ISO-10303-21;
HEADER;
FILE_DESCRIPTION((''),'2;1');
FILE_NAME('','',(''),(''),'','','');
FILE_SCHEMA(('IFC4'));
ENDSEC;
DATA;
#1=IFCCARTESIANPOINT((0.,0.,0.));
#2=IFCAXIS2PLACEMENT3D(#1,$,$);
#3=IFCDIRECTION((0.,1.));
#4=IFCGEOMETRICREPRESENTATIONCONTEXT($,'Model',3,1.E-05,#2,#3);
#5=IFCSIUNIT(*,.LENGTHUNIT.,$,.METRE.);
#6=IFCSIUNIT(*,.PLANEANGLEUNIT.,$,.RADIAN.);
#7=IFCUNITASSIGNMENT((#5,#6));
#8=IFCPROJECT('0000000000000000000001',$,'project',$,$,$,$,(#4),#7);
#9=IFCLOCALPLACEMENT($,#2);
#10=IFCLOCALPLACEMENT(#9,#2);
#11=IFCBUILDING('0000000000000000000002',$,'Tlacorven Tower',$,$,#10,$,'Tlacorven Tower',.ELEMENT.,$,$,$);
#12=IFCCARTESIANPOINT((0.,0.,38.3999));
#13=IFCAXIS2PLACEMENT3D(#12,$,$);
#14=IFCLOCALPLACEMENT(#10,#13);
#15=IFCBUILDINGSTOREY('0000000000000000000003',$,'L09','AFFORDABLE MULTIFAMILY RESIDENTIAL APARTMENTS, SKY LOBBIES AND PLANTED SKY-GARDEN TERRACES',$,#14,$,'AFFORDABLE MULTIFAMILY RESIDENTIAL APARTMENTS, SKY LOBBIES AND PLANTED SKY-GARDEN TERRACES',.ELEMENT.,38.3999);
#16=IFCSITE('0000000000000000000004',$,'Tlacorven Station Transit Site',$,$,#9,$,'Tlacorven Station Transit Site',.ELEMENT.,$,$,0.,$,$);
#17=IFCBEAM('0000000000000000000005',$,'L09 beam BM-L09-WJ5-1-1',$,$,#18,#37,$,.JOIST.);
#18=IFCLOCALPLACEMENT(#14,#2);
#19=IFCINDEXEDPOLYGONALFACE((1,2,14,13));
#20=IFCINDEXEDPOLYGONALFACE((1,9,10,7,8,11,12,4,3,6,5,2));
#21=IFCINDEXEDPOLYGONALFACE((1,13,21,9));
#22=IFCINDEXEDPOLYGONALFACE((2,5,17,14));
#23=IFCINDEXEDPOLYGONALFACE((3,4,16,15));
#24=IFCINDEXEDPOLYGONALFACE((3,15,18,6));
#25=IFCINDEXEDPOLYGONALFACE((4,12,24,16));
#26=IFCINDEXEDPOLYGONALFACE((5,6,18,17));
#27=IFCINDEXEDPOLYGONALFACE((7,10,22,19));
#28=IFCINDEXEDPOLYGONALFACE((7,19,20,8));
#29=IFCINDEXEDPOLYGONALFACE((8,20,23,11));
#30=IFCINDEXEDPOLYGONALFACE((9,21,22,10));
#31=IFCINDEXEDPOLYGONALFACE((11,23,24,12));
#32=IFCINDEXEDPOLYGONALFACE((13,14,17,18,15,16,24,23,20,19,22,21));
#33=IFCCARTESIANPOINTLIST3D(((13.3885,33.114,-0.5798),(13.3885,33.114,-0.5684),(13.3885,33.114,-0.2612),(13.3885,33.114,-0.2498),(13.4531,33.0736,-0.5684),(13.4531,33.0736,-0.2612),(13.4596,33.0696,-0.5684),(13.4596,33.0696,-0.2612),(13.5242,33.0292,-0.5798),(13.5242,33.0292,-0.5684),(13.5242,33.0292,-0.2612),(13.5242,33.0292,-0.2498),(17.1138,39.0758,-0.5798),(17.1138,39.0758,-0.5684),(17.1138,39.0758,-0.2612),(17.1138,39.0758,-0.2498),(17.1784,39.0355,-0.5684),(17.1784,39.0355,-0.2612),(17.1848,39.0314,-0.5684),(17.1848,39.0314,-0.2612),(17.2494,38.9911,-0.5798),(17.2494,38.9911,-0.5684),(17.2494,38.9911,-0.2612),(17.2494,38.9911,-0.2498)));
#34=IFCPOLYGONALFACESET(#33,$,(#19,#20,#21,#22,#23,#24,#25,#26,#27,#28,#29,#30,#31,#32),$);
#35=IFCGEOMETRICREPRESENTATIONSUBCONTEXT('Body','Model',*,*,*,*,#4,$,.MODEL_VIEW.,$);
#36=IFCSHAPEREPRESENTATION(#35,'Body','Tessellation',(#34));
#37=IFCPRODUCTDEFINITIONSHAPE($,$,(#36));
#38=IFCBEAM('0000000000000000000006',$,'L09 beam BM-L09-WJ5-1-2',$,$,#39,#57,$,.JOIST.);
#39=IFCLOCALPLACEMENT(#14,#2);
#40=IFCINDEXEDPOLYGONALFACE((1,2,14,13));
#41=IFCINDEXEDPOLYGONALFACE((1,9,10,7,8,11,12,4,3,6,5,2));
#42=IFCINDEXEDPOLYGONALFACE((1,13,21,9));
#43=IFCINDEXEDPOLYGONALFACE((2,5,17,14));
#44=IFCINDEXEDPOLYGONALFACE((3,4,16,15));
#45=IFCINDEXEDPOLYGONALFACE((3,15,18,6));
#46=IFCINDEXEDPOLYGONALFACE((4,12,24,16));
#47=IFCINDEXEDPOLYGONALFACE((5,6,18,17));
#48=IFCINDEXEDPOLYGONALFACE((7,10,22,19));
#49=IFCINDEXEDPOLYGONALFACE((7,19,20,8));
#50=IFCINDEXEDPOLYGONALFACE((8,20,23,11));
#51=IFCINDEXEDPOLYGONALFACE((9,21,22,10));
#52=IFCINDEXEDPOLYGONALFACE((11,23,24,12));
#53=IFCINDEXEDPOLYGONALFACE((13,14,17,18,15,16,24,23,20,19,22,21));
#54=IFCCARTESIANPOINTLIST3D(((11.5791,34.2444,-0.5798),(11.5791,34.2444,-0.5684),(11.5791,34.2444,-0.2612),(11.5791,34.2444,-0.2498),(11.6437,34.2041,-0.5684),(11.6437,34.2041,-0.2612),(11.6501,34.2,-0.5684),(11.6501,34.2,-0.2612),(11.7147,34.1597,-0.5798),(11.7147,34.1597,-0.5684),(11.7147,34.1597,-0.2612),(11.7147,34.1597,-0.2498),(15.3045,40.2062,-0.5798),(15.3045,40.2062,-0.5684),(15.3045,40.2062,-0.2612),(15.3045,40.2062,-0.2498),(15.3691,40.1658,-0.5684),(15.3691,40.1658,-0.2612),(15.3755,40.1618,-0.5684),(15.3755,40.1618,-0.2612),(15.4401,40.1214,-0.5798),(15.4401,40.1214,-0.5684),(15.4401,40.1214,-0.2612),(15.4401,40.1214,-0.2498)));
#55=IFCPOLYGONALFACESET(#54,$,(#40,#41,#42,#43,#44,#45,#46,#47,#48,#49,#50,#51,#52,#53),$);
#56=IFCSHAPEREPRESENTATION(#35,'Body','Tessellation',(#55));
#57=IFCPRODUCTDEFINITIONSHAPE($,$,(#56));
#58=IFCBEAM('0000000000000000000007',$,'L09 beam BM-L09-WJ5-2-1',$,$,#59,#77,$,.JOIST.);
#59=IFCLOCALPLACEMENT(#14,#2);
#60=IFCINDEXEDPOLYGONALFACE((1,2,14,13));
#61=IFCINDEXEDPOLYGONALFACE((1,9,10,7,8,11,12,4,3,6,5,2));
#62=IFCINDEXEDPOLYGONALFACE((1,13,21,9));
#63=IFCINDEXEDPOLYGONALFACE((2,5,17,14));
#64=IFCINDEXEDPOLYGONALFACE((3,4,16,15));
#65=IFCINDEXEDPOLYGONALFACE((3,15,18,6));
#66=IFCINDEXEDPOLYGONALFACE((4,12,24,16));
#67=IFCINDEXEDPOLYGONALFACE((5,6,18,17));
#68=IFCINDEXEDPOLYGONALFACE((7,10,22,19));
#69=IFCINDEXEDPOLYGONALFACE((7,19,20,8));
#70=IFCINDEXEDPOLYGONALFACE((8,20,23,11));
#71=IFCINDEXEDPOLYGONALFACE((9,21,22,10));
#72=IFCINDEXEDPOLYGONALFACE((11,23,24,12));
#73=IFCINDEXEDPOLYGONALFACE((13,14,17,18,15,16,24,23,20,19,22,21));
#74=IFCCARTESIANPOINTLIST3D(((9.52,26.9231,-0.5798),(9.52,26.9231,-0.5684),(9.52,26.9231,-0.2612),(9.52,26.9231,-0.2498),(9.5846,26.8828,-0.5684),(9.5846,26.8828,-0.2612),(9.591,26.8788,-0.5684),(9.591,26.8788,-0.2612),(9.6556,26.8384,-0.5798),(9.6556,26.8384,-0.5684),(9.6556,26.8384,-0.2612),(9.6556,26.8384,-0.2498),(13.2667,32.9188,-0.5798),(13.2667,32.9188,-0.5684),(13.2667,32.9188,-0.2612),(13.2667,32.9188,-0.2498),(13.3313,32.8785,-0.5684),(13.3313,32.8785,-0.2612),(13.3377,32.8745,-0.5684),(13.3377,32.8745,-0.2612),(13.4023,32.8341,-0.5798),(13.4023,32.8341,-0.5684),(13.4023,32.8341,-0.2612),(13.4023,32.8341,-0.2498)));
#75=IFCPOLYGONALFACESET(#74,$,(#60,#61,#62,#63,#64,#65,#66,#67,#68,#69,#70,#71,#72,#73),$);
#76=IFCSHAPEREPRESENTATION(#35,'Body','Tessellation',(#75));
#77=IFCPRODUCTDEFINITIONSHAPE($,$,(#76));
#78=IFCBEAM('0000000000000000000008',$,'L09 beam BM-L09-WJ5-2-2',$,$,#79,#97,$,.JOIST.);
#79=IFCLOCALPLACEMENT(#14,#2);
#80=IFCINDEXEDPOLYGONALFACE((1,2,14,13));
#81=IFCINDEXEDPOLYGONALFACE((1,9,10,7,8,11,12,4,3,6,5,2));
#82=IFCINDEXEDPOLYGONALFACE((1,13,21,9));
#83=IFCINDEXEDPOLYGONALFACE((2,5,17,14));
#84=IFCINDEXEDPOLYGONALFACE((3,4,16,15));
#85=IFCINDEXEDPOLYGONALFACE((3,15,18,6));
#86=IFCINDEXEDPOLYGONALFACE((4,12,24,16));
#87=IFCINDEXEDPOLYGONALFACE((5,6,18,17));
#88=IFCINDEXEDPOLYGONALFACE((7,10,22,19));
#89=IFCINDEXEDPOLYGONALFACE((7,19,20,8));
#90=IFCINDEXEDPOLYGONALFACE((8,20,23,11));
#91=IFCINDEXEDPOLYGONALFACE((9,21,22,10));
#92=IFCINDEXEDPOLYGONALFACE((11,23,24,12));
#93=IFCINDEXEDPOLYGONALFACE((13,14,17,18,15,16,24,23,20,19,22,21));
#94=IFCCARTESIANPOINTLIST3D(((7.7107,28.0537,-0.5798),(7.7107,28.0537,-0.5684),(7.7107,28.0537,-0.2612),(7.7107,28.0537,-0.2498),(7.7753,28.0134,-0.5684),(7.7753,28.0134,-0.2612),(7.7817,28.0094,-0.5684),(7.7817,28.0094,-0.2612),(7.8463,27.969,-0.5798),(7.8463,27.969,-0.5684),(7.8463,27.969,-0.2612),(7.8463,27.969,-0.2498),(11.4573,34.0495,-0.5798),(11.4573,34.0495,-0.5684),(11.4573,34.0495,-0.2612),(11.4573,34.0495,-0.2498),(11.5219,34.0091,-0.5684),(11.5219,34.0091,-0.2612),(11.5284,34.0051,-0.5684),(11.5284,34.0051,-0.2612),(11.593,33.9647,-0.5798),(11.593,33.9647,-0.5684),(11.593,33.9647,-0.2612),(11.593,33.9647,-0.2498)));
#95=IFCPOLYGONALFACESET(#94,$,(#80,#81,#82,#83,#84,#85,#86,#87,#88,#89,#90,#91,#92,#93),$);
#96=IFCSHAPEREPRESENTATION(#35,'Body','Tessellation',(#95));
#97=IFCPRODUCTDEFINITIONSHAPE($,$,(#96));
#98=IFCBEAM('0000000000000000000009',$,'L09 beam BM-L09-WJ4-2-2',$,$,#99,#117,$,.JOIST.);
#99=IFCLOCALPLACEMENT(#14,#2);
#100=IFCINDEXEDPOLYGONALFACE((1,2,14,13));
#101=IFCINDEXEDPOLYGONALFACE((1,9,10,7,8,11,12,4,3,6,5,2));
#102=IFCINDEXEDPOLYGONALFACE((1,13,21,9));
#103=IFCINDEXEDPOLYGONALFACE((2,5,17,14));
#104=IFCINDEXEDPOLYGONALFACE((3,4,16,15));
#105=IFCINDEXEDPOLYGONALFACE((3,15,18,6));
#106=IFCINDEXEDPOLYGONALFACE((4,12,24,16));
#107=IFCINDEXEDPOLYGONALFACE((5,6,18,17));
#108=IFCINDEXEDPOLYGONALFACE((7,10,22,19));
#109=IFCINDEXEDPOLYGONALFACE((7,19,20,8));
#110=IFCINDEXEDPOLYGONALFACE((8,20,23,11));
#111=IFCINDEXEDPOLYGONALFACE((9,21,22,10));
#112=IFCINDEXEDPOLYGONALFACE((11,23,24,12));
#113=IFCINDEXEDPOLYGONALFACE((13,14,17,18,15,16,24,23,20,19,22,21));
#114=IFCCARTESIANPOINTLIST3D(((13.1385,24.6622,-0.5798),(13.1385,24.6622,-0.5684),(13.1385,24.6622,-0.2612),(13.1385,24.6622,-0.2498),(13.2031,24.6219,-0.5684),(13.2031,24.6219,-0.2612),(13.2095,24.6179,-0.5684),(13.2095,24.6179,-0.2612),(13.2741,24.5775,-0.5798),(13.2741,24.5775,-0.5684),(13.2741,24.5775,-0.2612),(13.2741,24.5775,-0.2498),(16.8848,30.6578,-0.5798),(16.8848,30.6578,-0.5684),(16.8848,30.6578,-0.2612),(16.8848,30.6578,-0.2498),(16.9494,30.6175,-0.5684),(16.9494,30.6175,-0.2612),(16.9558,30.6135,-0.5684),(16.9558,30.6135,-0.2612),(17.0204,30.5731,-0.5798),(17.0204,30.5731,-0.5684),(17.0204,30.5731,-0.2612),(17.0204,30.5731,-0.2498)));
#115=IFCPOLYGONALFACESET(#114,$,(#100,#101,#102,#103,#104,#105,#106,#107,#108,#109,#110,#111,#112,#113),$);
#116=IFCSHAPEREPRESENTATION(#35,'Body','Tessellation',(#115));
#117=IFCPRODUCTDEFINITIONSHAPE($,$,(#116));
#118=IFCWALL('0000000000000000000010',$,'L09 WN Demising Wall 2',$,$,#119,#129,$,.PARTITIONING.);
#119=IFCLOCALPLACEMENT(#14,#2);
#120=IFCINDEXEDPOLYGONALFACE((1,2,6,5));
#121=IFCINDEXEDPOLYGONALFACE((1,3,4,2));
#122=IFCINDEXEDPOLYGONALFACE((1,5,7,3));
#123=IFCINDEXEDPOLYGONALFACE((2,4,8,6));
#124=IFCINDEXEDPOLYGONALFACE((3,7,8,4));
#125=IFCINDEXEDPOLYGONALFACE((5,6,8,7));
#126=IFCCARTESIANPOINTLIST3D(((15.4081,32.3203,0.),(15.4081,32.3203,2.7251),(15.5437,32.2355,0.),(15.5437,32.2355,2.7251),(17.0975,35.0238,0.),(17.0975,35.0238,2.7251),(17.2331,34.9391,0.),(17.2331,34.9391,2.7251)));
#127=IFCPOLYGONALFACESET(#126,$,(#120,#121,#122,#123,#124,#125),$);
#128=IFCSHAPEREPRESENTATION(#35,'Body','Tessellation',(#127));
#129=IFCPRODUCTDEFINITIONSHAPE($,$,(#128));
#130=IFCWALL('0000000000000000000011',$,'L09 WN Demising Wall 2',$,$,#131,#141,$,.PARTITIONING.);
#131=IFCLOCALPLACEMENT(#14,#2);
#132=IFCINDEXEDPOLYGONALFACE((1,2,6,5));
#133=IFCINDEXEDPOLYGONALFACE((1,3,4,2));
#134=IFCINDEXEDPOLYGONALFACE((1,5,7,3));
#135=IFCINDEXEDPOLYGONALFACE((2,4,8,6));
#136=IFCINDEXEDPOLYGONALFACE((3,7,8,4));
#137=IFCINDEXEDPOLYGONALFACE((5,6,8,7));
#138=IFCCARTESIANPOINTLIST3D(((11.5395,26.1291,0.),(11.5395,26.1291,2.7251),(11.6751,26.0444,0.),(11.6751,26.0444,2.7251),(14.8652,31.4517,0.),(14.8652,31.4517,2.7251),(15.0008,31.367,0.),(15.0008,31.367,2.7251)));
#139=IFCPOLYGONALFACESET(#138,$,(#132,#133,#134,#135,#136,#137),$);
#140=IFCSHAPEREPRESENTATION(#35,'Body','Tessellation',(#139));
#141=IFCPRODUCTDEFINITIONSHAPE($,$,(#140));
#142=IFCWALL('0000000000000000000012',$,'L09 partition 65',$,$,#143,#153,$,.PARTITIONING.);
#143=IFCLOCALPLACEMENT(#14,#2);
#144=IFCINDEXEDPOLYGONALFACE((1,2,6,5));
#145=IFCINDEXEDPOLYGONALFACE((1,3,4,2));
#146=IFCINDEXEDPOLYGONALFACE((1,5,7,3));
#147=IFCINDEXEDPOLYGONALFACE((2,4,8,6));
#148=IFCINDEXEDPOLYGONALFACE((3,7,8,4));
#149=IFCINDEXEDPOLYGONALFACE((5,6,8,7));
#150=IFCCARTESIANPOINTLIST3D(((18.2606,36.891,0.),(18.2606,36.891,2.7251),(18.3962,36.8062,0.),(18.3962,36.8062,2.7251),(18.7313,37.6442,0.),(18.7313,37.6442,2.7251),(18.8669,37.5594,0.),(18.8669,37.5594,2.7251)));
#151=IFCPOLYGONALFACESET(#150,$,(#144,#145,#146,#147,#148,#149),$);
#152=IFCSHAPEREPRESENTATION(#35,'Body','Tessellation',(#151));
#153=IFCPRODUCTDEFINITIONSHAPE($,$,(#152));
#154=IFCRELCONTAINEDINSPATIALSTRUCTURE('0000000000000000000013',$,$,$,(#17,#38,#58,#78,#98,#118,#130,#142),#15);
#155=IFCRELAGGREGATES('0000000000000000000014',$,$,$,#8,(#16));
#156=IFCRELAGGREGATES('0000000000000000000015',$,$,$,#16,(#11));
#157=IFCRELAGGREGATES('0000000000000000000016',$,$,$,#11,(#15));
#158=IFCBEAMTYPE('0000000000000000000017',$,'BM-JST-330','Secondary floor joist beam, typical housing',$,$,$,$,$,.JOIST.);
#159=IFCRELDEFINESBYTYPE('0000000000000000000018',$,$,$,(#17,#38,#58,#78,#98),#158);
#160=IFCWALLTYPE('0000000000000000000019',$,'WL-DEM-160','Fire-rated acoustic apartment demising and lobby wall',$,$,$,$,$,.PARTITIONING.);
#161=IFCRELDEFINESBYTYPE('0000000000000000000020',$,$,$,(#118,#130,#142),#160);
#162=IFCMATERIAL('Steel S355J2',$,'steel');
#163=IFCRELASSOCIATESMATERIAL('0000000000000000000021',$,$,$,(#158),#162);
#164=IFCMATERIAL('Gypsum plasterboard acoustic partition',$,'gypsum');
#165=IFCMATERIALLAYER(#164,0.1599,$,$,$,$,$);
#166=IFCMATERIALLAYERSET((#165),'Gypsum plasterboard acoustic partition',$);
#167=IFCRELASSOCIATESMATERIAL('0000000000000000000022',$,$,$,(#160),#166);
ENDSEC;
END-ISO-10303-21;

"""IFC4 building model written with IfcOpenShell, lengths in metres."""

from ifc_helpers import new_model, si_unit, direction, frame, frame_2d, origin, origin_2d, place, context, subcontext, project, spatial, rectangle, i_section, extrude, source, transform, mapped, material, layer, layer_set, material_profile, profile_set, type_object, element, save


model = new_model("IFC4")

# Units and contexts
model_context = context("Model", 3, precision=1e-05, world=origin(), true_north=direction((0.0, 1.0)))
body_context = subcontext(model_context, "Body", "Model", "MODEL_VIEW")
ifc_project = project(units=[si_unit("LENGTHUNIT", "METRE"), si_unit("PLANEANGLEUNIT", "RADIAN")], contexts=[model_context])

# Site, building, storey
site_placement = place(None, origin())
site = spatial("IfcSite", under=ifc_project, at=site_placement, Name="Tlacorven Station Transit Site", LongName="Tlacorven Station Transit Site", CompositionType="ELEMENT", RefElevation=0.0)
building_placement = place(site_placement, origin())
building = spatial("IfcBuilding", under=site, at=building_placement, Name="Tlacorven Tower", LongName="Tlacorven Tower", CompositionType="ELEMENT")
storey_placement = place(building_placement, frame((0.0, 0.0, 38.3999)))
storey = spatial("IfcBuildingStorey", under=building, at=storey_placement, Name="L09", Description="AFFORDABLE MULTIFAMILY RESIDENTIAL APARTMENTS, SKY LOBBIES AND PLANTED SKY-GARDEN TERRACES", LongName="AFFORDABLE MULTIFAMILY RESIDENTIAL APARTMENTS, SKY LOBBIES AND PLANTED SKY-GARDEN TERRACES", CompositionType="ELEMENT", Elevation=38.3999)

# Beams
ifc_material_1 = material(Name="Steel S355J2", Category="steel")
ifc_material_profile_1 = material_profile(ifc_material_1, i_section(OverallWidth=0.1599, OverallDepth=0.3301, WebThickness=0.0076, FlangeThickness=0.0115, at=origin_2d()), Name="IPE 330")
ifc_profile_set_1 = profile_set([ifc_material_profile_1], Name="Steel S355J2")
beam_type_1 = type_object("IfcBeamType", Name="BM-JST-330", Description="Secondary floor joist beam, typical housing", PredefinedType="JOIST", material=ifc_profile_set_1)
shared_shape_1 = source(origin(), body_context, "Body", "SweptSolid", [
    extrude(i_section(OverallWidth=0.1599, OverallDepth=0.3301, WebThickness=0.0076, FlangeThickness=0.0115, at=origin_2d()), origin(), (0.0, 0.0, 1.0), 7.03),
])
for number, where, z_axis, x_axis, name in (
    (1, (17.1816, 39.0334, -0.4148), (-0.529912, -0.848053, 0.0), (0.848053, -0.529912, 0.0), "L09 beam BM-L09-WJ5-1-1"),
    (2, (15.3723, 40.1638, -0.4148), (-0.529927, -0.848043, 0.0), (0.848043, -0.529927, 0.0), "L09 beam BM-L09-WJ5-1-2"),
):
    element("IfcBeam", number, at=place(storey_placement, frame(where, z_axis=z_axis, x_axis=x_axis)), inside=storey, type_object=beam_type_1, Name=name, PredefinedType="JOIST", context=body_context, shape_type="MappedRepresentation", body=[
        mapped(shared_shape_1, transform((0.0, 0.0, 0.0), scale=1.0)),
    ])
shared_shape_2 = source(origin(), body_context, "Body", "SweptSolid", [
    extrude(i_section(OverallWidth=0.1599, OverallDepth=0.3301, WebThickness=0.0076, FlangeThickness=0.0115, at=origin_2d()), origin(), (0.0, 0.0, 1.0), 7.0701),
])
for number, where, z_axis, x_axis, name in (
    (3, (13.3345, 32.8765, -0.4148), (-0.529931, -0.848041, 0.0), (0.848041, -0.529931, 0.0), "L09 beam BM-L09-WJ5-2-1"),
    (4, (11.5251, 34.0071, -0.4148), (-0.529931, -0.848041, 0.0), (0.848041, -0.529931, 0.0), "L09 beam BM-L09-WJ5-2-2"),
):
    element("IfcBeam", number, at=place(storey_placement, frame(where, z_axis=z_axis, x_axis=x_axis)), inside=storey, type_object=beam_type_1, Name=name, PredefinedType="JOIST", context=body_context, shape_type="MappedRepresentation", body=[
        mapped(shared_shape_2, transform((0.0, 0.0, 0.0), scale=1.0)),
    ])
shared_shape_3 = source(origin(), body_context, "Body", "SweptSolid", [
    extrude(i_section(OverallWidth=0.1599, OverallDepth=0.3301, WebThickness=0.0076, FlangeThickness=0.0115, at=origin_2d()), origin(), (0.0, 0.0, 1.0), 7.0698),
])
beam_1_placement = place(storey_placement, frame((16.9526, 30.6155, -0.4148), z_axis=(-0.529906, -0.848057, 0.0), x_axis=(0.848057, -0.529906, 0.0)))
element("IfcBeam", 5, at=beam_1_placement, inside=storey, type_object=beam_type_1, Name="L09 beam BM-L09-WJ4-2-2", PredefinedType="JOIST", context=body_context, shape_type="MappedRepresentation", body=[
    mapped(shared_shape_3, transform((0.0, 0.0, 0.0), scale=1.0)),
])

# Walls
ifc_material_2 = material(Name="Gypsum plasterboard acoustic partition", Category="gypsum")
ifc_layer_1 = layer(ifc_material_2, 0.1599)
ifc_layer_set_1 = layer_set([ifc_layer_1], Name="Gypsum plasterboard acoustic partition")
wall_type_1 = type_object("IfcWallType", Name="WL-DEM-160", Description="Fire-rated acoustic apartment demising and lobby wall", PredefinedType="PARTITIONING", material=ifc_layer_set_1)
wall_1_placement = place(storey_placement, frame((17.1653, 34.9814, 0.0), z_axis=(0.0, 0.0, 1.0), x_axis=(-0.52993, -0.848041, 0.0)))
element("IfcWall", 6, at=wall_1_placement, inside=storey, type_object=wall_type_1, Name="L09 WN Demising Wall 2", PredefinedType="PARTITIONING", context=body_context, shape_type="SweptSolid", body=[
    extrude(rectangle(XDim=3.188, YDim=0.1599, at=frame_2d((1.594, 0.0))), origin(), (0.0, 0.0, 1.0), 2.7251),
])
wall_2_placement = place(storey_placement, frame((14.9331, 31.4094, 0.0), z_axis=(0.0, 0.0, 1.0), x_axis=(-0.529898, -0.848062, 0.0)))
element("IfcWall", 7, at=wall_2_placement, inside=storey, type_object=wall_type_1, Name="L09 WN Demising Wall 2", PredefinedType="PARTITIONING", context=body_context, shape_type="SweptSolid", body=[
    extrude(rectangle(XDim=6.2761, YDim=0.1599, at=frame_2d((3.1382, 0.0))), origin(), (0.0, 0.0, 1.0), 2.7251),
])
wall_3_placement = place(storey_placement, frame((18.7991, 37.6018, 0.0), z_axis=(0.0, 0.0, 1.0), x_axis=(-0.529974, -0.848014, 0.0)))
element("IfcWall", 8, at=wall_3_placement, inside=storey, type_object=wall_type_1, Name="L09 partition 65", PredefinedType="PARTITIONING", context=body_context, shape_type="SweptSolid", body=[
    extrude(rectangle(XDim=0.8882, YDim=0.1599, at=frame_2d((0.4441, 0.0))), origin(), (0.0, 0.0, 1.0), 2.7251),
])

save(model, "model.ifc")
